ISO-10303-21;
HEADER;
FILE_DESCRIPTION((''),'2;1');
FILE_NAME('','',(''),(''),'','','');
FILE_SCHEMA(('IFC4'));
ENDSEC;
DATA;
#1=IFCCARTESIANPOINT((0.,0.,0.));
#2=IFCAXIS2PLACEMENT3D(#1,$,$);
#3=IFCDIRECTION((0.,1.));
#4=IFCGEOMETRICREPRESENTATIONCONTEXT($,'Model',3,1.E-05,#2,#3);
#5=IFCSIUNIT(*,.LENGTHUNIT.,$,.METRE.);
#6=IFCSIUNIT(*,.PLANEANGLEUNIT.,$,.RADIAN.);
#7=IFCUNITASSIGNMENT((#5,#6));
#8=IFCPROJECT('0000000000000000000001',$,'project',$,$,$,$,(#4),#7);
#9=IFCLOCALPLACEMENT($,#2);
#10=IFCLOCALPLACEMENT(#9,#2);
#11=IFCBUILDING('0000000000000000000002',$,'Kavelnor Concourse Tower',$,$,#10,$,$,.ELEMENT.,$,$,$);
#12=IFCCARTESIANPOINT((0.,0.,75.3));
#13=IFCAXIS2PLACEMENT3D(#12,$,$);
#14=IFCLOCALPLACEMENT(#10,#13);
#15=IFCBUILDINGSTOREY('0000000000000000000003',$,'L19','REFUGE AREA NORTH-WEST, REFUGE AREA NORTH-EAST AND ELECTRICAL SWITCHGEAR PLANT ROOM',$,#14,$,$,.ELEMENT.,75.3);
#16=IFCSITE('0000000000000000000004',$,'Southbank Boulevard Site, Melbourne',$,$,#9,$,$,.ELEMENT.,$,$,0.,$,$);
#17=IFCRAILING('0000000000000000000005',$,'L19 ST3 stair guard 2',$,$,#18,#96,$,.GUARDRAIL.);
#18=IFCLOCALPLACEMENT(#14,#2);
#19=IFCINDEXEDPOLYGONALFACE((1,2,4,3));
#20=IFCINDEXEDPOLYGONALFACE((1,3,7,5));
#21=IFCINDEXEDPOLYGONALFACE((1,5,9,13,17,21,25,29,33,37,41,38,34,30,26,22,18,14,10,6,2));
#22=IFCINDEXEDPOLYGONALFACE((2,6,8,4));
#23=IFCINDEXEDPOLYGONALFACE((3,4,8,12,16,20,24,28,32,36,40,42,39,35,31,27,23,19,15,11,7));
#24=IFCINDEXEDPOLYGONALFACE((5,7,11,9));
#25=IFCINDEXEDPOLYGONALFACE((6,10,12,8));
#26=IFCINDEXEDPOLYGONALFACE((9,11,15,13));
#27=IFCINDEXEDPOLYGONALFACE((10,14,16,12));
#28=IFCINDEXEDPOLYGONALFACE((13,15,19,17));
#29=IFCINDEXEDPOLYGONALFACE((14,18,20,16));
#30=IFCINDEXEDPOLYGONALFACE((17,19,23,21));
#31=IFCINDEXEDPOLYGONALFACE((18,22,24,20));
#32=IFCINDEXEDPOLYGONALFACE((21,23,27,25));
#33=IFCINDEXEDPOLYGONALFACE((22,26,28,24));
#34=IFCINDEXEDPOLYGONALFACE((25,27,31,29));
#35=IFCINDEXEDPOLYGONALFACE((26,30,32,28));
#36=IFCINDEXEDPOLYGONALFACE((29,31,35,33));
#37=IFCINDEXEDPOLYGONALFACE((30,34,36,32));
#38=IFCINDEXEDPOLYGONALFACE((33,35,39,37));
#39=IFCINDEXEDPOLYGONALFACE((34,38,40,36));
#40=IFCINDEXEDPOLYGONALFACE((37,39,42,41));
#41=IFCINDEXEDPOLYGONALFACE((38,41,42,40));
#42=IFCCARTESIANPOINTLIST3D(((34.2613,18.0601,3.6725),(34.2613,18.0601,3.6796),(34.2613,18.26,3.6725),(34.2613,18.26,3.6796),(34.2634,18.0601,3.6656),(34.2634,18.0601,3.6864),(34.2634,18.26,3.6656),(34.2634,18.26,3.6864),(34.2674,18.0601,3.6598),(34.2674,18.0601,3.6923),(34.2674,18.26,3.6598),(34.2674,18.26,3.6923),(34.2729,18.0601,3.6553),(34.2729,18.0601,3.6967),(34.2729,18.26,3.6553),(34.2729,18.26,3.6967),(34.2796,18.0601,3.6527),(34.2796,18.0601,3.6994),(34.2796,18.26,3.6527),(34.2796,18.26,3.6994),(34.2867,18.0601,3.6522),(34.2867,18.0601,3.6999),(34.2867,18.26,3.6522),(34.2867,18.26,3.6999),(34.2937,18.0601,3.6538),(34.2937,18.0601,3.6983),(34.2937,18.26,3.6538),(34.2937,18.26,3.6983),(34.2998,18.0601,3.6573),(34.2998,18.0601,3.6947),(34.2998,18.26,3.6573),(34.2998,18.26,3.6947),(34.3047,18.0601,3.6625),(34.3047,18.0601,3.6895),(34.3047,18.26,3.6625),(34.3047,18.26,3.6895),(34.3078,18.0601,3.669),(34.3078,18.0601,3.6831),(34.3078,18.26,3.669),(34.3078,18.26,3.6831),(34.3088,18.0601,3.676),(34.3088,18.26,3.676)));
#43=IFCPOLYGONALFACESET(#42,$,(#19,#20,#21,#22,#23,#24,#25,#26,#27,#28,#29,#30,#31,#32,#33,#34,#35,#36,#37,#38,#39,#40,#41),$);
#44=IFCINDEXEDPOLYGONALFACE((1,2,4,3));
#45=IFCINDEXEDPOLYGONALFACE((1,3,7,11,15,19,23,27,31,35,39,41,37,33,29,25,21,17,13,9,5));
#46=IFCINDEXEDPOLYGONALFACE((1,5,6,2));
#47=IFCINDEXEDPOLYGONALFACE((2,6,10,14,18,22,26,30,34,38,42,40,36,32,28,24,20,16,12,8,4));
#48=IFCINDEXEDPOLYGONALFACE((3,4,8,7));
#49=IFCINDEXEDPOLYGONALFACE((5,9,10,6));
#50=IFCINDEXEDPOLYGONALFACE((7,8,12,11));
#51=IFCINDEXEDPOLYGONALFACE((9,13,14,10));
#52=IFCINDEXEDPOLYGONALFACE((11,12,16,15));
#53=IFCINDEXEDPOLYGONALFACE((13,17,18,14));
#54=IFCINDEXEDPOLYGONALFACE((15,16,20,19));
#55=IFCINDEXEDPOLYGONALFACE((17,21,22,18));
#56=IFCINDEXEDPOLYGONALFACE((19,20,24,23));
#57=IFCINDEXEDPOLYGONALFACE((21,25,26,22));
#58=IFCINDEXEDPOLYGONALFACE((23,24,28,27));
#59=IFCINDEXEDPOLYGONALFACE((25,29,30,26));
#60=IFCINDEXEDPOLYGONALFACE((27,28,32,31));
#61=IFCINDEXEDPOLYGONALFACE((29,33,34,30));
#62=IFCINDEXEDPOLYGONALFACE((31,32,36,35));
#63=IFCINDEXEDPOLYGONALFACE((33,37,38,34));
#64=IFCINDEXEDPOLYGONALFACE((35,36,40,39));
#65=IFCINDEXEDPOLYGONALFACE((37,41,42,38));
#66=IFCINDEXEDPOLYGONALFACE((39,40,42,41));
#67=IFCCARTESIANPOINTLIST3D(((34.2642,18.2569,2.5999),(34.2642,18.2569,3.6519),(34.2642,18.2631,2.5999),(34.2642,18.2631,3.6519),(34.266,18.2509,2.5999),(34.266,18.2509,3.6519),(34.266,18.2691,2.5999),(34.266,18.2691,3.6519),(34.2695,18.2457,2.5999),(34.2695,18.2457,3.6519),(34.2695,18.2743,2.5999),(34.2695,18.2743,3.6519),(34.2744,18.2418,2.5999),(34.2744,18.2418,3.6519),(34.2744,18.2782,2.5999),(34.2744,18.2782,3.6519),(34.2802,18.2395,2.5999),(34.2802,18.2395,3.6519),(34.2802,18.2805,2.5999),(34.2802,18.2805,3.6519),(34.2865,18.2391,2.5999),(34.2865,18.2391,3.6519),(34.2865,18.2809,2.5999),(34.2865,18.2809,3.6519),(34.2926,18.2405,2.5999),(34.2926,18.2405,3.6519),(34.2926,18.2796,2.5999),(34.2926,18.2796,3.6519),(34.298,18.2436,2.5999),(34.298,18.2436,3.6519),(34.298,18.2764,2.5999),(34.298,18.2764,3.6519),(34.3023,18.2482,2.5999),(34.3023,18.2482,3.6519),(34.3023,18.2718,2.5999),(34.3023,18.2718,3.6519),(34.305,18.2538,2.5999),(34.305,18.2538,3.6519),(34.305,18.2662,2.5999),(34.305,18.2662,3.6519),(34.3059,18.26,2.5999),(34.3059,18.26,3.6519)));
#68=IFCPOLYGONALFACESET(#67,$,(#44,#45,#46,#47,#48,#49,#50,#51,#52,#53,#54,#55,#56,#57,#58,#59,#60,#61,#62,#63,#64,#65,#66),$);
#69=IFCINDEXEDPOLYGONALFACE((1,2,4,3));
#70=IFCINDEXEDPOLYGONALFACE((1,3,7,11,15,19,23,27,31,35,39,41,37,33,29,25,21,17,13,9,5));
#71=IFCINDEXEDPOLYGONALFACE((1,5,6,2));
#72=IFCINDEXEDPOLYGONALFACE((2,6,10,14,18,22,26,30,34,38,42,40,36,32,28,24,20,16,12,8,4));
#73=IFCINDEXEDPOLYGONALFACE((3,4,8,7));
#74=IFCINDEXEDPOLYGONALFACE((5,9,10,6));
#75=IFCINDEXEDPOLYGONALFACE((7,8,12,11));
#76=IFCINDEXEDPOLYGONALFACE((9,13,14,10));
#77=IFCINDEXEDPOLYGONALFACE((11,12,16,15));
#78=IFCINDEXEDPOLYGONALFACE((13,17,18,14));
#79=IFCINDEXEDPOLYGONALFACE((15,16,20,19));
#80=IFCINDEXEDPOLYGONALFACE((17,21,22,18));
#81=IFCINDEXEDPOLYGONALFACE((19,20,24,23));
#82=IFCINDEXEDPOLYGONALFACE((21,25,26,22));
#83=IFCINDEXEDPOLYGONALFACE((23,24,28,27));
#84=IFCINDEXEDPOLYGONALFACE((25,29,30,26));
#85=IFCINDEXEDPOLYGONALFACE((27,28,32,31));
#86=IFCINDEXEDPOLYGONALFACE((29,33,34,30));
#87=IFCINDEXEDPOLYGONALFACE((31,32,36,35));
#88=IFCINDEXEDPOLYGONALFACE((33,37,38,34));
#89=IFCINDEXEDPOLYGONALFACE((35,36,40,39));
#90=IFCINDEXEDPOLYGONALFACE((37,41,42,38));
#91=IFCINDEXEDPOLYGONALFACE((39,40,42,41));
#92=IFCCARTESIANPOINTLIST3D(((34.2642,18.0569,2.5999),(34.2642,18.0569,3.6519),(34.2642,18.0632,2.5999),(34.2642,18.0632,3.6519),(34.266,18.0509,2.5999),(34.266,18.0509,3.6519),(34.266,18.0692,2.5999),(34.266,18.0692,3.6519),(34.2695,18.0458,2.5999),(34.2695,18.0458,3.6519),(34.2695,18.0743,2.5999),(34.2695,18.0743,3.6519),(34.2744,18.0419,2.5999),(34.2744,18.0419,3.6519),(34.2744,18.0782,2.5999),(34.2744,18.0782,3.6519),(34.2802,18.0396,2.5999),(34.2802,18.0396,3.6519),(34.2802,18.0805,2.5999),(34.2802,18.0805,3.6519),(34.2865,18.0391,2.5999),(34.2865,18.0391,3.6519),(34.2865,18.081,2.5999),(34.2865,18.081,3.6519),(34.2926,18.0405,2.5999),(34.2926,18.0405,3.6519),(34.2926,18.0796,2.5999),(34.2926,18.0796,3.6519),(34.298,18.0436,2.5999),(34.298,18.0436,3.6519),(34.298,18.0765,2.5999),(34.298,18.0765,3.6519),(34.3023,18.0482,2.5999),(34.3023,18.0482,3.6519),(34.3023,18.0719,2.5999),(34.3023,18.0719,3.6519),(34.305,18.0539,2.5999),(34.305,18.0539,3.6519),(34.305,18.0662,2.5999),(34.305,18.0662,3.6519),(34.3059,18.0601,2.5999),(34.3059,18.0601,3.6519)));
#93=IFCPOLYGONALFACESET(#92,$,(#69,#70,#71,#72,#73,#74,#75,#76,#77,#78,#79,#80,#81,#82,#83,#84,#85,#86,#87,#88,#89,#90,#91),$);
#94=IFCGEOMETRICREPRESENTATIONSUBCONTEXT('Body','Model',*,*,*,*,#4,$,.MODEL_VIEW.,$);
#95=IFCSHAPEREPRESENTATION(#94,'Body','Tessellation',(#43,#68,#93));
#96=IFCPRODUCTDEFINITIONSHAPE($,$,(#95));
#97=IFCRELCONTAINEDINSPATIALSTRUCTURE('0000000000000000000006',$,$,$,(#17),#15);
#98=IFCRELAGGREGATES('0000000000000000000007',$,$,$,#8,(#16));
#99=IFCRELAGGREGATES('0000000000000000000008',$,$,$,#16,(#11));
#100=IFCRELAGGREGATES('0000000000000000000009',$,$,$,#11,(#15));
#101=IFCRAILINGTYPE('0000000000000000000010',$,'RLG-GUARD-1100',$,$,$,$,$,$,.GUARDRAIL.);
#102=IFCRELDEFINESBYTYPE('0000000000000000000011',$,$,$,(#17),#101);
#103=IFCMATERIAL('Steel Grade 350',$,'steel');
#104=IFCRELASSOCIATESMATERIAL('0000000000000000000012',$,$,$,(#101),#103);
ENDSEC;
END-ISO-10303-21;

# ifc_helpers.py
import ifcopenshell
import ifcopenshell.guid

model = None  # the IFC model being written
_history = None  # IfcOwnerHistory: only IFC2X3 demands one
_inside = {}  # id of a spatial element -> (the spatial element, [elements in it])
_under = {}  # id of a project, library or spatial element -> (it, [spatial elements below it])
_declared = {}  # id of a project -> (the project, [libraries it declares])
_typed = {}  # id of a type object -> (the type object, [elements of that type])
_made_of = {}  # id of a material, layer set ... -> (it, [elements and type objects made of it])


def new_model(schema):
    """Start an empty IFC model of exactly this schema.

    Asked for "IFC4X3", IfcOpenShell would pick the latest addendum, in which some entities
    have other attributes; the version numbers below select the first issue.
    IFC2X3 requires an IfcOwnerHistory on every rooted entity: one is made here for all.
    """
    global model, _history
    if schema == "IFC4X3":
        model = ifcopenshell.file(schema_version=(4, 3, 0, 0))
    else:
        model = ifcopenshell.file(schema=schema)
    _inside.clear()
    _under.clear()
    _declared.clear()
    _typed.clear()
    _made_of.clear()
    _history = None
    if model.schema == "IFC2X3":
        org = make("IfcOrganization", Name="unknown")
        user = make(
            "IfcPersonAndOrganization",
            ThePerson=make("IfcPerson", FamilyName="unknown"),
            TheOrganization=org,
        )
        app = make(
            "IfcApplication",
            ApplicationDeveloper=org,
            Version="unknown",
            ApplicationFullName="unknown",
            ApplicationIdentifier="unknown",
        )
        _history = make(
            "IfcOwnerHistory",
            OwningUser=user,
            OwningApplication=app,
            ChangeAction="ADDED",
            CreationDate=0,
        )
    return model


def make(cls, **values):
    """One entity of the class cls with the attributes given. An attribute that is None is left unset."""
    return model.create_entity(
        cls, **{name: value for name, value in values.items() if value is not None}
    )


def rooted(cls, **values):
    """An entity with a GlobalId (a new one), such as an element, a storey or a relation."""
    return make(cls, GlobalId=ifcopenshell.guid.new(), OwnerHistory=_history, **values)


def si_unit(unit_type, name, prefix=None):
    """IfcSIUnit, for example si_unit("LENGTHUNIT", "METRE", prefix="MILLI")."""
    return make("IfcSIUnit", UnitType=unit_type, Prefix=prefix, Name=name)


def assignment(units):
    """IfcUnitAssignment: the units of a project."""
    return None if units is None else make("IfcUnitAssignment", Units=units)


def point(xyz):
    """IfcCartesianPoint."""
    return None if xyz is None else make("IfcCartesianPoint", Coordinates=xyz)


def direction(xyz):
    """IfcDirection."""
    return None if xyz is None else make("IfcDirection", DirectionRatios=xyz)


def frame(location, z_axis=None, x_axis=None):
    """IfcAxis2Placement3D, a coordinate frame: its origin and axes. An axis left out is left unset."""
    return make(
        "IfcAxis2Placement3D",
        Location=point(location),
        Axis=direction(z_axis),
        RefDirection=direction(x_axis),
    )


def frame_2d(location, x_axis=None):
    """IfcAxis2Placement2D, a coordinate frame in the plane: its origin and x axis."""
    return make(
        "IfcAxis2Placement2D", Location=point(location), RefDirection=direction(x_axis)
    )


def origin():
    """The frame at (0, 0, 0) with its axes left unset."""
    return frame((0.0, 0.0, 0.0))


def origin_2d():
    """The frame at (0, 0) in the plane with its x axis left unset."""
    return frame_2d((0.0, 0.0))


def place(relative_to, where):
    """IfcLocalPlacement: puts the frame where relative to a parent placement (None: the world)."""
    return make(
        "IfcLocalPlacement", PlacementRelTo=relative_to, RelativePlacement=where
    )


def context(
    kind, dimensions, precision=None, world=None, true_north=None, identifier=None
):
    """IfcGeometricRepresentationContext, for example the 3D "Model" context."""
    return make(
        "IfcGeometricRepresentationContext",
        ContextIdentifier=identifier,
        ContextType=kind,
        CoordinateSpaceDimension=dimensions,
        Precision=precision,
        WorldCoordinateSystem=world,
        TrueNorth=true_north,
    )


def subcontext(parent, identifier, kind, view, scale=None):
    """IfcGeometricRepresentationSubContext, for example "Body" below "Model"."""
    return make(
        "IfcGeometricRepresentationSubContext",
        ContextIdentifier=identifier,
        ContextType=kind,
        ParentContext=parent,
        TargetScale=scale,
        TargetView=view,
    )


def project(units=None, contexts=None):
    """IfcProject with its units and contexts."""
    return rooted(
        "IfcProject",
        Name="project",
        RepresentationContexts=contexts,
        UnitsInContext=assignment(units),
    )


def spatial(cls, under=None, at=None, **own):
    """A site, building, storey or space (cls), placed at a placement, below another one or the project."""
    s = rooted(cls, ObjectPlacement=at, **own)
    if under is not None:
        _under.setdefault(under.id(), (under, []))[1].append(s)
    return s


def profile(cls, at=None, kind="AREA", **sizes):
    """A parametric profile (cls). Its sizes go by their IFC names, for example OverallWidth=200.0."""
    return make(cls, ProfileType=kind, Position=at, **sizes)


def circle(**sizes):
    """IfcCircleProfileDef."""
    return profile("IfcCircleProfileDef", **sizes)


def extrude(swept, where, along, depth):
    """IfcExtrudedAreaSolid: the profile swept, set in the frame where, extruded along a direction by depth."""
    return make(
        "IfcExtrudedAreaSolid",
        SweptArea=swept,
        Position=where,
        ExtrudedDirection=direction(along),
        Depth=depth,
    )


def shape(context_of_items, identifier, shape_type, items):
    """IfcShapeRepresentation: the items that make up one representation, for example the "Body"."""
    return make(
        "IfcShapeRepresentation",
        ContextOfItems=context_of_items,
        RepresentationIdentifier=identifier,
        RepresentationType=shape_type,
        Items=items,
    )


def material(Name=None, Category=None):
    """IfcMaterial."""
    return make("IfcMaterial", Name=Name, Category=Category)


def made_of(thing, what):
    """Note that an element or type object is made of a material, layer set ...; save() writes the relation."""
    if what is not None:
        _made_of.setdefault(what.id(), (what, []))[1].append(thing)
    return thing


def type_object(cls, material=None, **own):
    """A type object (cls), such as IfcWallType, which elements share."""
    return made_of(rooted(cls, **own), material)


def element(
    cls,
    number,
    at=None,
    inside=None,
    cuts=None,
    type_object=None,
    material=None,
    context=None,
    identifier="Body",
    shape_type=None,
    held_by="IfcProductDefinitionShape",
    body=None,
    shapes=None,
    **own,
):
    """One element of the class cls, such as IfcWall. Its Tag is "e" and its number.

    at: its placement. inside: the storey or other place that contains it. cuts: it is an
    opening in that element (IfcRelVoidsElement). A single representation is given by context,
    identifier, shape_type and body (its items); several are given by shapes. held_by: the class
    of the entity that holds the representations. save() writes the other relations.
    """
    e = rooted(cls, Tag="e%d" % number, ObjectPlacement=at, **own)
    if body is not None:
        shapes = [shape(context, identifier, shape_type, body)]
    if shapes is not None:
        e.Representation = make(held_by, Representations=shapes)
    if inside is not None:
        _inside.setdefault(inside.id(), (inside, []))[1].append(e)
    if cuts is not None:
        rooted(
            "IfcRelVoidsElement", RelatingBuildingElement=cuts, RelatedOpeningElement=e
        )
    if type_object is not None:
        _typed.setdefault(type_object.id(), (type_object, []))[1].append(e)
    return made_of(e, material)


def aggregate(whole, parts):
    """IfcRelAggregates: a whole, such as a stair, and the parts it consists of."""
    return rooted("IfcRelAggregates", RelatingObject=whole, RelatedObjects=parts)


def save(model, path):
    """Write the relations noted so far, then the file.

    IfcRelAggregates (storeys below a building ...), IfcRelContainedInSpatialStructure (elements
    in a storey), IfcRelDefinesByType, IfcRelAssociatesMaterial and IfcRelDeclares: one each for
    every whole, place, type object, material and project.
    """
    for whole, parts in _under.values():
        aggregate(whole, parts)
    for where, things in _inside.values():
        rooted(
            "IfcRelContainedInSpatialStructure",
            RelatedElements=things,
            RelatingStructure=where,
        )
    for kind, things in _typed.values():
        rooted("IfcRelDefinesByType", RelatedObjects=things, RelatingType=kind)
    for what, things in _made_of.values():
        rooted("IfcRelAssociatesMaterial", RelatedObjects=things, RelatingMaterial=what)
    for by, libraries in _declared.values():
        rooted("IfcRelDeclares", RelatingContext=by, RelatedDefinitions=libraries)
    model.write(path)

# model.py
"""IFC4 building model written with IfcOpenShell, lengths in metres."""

from ifc_helpers import new_model, si_unit, direction, frame, origin, origin_2d, place, context, subcontext, project, spatial, circle, extrude, material, type_object, element, save


model = new_model("IFC4")

# Units and contexts
model_context = context("Model", 3, precision=1e-05, world=origin(), true_north=direction((0.0, 1.0)))
body_context = subcontext(model_context, "Body", "Model", "MODEL_VIEW")
ifc_project = project(units=[si_unit("LENGTHUNIT", "METRE"), si_unit("PLANEANGLEUNIT", "RADIAN")], contexts=[model_context])

# Site, building, storey
site_placement = place(None, origin())
site = spatial("IfcSite", under=ifc_project, at=site_placement, Name="Southbank Boulevard Site, Melbourne", CompositionType="ELEMENT", RefElevation=0.0)
building_placement = place(site_placement, origin())
building = spatial("IfcBuilding", under=site, at=building_placement, Name="Kavelnor Concourse Tower", CompositionType="ELEMENT")
storey_placement = place(building_placement, frame((0.0, 0.0, 75.3)))
storey = spatial("IfcBuildingStorey", under=building, at=storey_placement, Name="L19", Description="REFUGE AREA NORTH-WEST, REFUGE AREA NORTH-EAST AND ELECTRICAL SWITCHGEAR PLANT ROOM", CompositionType="ELEMENT", Elevation=75.3)

# Shared definitions
ifc_material_1 = material(Name="Steel Grade 350", Category="steel")

# Railing
railing_type_1 = type_object("IfcRailingType", Name="RLG-GUARD-1100", PredefinedType="GUARDRAIL", material=ifc_material_1)
railing_1_placement = place(storey_placement, frame((34.2849, 18.26, 2.5999)))
element("IfcRailing", 1, at=railing_1_placement, inside=storey, type_object=railing_type_1, Name="L19 ST3 stair guard 2", PredefinedType="GUARDRAIL", context=body_context, shape_type="SweptSolid", body=[
    extrude(circle(Radius=0.0239, at=origin_2d()), frame((0.0, 0.0, 1.0762), z_axis=(0.0, -1.0, 0.0), x_axis=(1.0, 0.0, 0.0)), (0.0, 0.0, 1.0), 0.2),
    extrude(circle(Radius=0.021, at=origin_2d()), origin(), (0.0, 0.0, 1.0), 1.052),
    extrude(circle(Radius=0.021, at=origin_2d()), frame((0.0, -0.2, 0.0)), (0.0, 0.0, 1.0), 1.052),
])

save(model, "model.ifc")
